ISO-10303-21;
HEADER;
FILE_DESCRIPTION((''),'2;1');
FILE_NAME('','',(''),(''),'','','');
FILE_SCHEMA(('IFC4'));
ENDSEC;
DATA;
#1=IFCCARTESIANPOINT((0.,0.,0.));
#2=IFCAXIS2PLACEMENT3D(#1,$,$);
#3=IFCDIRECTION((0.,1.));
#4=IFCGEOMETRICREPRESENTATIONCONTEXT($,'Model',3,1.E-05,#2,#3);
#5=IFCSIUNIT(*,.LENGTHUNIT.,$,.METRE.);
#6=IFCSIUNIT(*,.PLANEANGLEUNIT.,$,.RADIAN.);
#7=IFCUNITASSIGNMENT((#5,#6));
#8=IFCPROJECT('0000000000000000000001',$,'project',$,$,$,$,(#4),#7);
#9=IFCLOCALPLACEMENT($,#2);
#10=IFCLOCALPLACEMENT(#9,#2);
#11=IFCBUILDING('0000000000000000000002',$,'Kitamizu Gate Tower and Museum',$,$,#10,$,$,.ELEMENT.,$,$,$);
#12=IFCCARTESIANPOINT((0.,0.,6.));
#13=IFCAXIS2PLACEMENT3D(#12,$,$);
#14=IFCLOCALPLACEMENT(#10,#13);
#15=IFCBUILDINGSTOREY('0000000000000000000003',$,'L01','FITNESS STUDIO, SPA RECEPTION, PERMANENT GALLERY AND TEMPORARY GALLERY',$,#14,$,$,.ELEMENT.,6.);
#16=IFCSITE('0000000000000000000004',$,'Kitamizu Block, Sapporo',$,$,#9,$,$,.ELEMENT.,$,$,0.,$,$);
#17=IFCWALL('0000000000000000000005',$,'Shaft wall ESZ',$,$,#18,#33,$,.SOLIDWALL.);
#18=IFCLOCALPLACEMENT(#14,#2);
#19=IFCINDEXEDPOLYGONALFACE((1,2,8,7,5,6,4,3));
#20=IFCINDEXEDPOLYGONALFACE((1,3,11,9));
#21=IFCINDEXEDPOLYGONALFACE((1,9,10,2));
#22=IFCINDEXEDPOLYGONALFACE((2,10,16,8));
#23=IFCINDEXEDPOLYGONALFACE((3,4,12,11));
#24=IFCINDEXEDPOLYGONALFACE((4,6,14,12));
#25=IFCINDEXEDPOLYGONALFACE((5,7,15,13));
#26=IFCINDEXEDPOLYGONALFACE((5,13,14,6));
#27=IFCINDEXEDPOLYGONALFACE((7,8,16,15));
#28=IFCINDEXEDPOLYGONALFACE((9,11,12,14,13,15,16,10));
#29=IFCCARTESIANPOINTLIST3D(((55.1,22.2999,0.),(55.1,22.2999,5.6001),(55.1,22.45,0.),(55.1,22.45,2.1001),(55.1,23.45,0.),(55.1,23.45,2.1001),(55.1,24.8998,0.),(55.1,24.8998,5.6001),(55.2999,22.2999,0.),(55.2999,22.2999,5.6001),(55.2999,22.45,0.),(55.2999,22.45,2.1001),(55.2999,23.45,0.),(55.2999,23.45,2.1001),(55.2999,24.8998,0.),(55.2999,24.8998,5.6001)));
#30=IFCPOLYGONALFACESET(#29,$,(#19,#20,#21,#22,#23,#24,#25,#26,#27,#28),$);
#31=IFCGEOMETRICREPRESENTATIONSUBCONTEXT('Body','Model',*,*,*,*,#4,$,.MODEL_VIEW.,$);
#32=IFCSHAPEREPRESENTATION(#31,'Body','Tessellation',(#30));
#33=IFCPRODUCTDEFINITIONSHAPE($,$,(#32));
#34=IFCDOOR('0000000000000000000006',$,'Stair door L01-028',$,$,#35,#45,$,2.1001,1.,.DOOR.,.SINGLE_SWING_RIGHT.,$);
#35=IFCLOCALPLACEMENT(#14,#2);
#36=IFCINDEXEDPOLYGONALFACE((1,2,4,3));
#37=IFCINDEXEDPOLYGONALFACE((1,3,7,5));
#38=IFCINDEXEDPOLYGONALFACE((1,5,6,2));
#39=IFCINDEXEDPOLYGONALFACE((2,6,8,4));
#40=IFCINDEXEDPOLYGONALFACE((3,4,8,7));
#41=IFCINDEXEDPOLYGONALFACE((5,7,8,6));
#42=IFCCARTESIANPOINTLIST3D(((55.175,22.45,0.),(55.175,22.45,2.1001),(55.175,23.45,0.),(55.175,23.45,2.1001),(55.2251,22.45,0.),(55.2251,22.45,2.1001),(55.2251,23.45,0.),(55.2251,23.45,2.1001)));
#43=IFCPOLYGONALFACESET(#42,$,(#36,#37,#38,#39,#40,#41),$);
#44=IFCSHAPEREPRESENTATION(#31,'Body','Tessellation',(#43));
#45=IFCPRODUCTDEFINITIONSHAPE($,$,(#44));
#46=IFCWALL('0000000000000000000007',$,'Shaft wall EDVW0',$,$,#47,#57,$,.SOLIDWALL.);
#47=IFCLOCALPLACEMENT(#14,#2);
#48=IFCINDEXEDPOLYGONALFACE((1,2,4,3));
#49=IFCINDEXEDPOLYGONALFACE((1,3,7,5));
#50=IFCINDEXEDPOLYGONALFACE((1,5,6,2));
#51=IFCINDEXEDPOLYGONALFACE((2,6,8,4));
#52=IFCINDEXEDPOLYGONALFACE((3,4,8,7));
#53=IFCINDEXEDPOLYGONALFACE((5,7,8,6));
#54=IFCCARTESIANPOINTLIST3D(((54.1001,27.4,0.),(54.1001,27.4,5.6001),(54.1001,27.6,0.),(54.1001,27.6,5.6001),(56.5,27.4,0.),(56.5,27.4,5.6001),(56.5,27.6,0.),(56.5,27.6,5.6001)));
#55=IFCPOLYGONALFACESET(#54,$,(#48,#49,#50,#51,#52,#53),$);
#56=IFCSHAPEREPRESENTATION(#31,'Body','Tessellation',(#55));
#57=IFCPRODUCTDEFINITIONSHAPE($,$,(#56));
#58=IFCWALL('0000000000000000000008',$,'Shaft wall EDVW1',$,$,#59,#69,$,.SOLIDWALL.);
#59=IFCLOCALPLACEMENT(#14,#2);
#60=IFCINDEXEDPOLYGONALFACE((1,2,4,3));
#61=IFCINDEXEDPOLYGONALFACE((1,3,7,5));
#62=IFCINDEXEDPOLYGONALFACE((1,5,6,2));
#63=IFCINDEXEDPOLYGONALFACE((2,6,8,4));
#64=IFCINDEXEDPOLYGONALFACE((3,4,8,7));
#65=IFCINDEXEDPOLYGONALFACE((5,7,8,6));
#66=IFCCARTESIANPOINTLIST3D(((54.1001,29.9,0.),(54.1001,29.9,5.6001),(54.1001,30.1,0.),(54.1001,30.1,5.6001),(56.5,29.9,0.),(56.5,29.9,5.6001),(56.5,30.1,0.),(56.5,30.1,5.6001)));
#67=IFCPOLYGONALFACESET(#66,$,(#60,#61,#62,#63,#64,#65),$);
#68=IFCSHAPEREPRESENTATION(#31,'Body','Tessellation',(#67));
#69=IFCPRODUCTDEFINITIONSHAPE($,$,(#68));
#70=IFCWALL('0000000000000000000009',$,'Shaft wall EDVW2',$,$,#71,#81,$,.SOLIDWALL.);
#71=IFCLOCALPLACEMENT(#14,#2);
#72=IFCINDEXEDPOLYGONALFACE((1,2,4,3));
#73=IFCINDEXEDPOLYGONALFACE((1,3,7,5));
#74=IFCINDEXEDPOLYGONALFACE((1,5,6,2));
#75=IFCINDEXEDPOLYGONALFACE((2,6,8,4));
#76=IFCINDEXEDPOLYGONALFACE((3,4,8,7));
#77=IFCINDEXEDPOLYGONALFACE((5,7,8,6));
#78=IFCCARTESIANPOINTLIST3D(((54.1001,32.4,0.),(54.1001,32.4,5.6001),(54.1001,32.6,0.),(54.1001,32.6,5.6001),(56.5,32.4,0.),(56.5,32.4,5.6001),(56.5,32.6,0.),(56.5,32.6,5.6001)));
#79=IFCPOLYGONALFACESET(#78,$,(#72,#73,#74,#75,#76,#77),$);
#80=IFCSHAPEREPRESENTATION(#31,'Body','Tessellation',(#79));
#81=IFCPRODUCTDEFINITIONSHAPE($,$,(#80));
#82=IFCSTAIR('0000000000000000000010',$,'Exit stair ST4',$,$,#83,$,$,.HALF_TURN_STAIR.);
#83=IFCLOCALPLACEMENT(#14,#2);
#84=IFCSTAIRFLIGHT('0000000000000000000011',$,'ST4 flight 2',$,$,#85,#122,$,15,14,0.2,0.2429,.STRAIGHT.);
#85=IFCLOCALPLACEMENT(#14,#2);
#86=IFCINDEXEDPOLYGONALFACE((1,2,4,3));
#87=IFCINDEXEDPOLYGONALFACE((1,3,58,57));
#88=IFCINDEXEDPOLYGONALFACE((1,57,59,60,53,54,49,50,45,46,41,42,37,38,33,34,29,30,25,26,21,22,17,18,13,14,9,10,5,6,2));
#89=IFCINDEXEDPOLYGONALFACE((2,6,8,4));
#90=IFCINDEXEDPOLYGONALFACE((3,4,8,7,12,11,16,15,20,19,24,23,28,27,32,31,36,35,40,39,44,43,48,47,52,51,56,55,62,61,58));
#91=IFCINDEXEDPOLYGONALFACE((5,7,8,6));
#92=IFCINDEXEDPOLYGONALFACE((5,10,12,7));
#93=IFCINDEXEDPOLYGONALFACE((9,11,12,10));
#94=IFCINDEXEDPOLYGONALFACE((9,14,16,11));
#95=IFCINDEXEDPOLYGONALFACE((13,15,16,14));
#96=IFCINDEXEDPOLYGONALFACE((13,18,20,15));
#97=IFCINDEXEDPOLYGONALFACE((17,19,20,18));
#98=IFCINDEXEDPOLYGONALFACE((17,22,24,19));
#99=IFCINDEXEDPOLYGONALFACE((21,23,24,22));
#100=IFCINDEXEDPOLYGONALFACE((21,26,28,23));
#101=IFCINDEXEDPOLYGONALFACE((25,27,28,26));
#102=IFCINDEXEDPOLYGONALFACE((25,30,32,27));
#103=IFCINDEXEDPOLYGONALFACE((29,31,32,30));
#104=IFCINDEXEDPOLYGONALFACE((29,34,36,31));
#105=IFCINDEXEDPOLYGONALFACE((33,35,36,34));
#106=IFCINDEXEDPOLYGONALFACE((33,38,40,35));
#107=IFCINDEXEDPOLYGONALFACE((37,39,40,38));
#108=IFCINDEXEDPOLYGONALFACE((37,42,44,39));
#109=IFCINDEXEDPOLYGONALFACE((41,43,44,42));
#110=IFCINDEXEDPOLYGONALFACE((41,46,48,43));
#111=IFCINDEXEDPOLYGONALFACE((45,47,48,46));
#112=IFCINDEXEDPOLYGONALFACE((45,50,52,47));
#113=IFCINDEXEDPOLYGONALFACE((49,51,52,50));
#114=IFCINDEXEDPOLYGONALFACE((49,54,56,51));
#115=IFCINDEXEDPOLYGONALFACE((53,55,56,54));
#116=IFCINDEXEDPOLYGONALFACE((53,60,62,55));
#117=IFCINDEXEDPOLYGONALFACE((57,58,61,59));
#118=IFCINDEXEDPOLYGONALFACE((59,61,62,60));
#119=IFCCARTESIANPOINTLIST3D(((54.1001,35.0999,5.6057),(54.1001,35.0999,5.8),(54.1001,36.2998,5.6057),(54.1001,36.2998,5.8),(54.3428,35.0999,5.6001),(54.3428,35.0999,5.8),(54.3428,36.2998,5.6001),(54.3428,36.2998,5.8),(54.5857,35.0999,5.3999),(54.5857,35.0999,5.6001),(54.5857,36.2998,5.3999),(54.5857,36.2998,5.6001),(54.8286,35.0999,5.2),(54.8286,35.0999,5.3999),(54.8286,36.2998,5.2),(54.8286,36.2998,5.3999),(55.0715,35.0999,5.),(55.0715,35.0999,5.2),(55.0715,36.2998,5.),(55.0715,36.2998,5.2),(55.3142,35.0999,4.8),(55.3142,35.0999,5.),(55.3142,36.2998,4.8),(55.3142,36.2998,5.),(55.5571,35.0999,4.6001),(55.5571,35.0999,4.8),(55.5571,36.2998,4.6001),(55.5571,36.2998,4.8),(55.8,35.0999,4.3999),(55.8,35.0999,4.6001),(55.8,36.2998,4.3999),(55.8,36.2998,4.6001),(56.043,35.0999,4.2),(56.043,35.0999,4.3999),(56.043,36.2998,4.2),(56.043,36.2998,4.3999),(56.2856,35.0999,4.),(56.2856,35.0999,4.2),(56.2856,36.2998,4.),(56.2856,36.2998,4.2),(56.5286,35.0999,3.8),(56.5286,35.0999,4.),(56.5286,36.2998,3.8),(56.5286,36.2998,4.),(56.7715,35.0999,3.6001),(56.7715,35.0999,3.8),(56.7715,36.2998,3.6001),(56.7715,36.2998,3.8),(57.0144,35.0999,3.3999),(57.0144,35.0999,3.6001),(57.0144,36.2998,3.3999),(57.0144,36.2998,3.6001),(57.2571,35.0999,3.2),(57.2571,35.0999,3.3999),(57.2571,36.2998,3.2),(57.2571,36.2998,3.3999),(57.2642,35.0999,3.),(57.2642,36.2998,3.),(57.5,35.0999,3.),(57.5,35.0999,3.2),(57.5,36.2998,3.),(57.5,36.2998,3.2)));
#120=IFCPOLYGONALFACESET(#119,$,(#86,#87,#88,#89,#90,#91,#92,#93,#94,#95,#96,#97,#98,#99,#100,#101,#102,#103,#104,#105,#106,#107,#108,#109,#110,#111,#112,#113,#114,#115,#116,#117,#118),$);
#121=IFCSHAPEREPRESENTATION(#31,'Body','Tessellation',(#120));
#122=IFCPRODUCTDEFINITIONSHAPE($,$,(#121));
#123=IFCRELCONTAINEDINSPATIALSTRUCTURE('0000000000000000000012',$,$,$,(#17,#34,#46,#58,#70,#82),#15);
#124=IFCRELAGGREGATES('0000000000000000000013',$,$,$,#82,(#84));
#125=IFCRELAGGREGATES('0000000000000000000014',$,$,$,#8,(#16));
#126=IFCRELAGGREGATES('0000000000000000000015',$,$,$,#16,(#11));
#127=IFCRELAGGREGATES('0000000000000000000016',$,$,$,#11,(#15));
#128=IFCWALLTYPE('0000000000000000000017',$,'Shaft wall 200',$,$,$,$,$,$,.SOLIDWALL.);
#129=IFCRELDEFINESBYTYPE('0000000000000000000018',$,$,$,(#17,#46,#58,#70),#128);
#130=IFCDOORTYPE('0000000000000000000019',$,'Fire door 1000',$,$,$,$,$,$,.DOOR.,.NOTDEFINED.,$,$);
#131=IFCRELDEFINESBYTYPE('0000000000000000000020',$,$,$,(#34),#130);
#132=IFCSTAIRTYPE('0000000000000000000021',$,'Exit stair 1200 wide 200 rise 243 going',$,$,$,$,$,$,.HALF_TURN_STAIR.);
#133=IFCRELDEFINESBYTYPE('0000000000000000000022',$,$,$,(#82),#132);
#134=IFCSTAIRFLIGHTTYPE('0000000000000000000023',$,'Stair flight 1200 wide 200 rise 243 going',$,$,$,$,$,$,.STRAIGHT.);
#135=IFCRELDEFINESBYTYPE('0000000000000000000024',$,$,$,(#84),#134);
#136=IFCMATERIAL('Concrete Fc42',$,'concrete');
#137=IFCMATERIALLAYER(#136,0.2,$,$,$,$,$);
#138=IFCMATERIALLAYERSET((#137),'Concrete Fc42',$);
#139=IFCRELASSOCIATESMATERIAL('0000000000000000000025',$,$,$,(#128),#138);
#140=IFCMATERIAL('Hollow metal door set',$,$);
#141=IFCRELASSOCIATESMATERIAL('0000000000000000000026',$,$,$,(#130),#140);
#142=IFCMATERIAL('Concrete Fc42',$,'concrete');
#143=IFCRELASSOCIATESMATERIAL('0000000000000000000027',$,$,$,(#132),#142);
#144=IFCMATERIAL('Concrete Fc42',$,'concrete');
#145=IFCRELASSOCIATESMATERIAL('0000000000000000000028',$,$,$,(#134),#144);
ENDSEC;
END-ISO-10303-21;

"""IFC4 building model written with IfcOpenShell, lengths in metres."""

from ifc_helpers import new_model, si_unit, direction, frame, frame_2d, origin, place, context, subcontext, project, spatial, polyline, rectangle, outline, extrude, material, layer, layer_set, type_object, element, fill, aggregate, save


model = new_model("IFC4")

# Units and contexts
model_context = context("Model", 3, precision=1e-05, world=origin(), true_north=direction((0.0, 1.0)))
body_context = subcontext(model_context, "Body", "Model", "MODEL_VIEW")
ifc_project = project(units=[si_unit("LENGTHUNIT", "METRE"), si_unit("PLANEANGLEUNIT", "RADIAN")], contexts=[model_context])

# Site, building, storey
site_placement = place(None, origin())
site = spatial("IfcSite", under=ifc_project, at=site_placement, Name="Kitamizu Block, Sapporo", CompositionType="ELEMENT", RefElevation=0.0)
building_placement = place(site_placement, origin())
building = spatial("IfcBuilding", under=site, at=building_placement, Name="Kitamizu Gate Tower and Museum", CompositionType="ELEMENT")
storey_placement = place(building_placement, frame((0.0, 0.0, 6.0)))
storey = spatial("IfcBuildingStorey", under=building, at=storey_placement, Name="L01", Description="FITNESS STUDIO, SPA RECEPTION, PERMANENT GALLERY AND TEMPORARY GALLERY", CompositionType="ELEMENT", Elevation=6.0)

# Shared definitions
ifc_material_1 = material(Name="Concrete Fc42", Category="concrete")
ifc_layer = layer(ifc_material_1, 0.2)
ifc_layer_set = layer_set([ifc_layer], Name="Concrete Fc42")
wall_type = type_object("IfcWallType", Name="Shaft wall 200", PredefinedType="SOLIDWALL", material=ifc_layer_set)
ifc_material_2 = material(Name="Hollow metal door set")
door_type_1 = type_object("IfcDoorType", Name="Fire door 1000", OperationType="NOTDEFINED", PredefinedType="DOOR", material=ifc_material_2)

# Wall, opening, door
wall_1_placement = place(storey_placement, frame((55.2, 22.3, 0.0), z_axis=(0.0, 0.0, 1.0), x_axis=(0.0, 1.0, 0.0)))
wall_1 = element("IfcWall", 1, at=wall_1_placement, inside=storey, type_object=wall_type, Name="Shaft wall ESZ", PredefinedType="SOLIDWALL", context=body_context, shape_type="SweptSolid", body=[
    extrude(rectangle(XDim=2.5999, YDim=0.2, at=frame_2d((1.2998, 0.0))), origin(), (0.0, 0.0, 1.0), 5.6001),
])
opening_1_placement = place(wall_1_placement, frame((0.1499, 0.0, 0.0)))
opening_1 = element("IfcOpeningElement", 2, at=opening_1_placement, cuts=wall_1, PredefinedType="OPENING", context=body_context, shape_type="SweptSolid", body=[
    extrude(rectangle(XDim=1.0, YDim=2.1001, at=frame_2d((0.5, 1.05))), frame((0.0, 0.1099, 0.0), z_axis=(0.0, -1.0, 0.0), x_axis=(1.0, 0.0, 0.0)), (0.0, 0.0, 1.0), 0.22),
])
door_1_placement = place(opening_1_placement, origin())
door_1 = element("IfcDoor", 3, at=door_1_placement, inside=storey, type_object=door_type_1, Name="Stair door L01-028", OperationType="SINGLE_SWING_RIGHT", OverallHeight=2.1001, OverallWidth=1.0, PredefinedType="DOOR", context=body_context, shape_type="SweptSolid", body=[
    extrude(rectangle(XDim=1.0, YDim=2.1001, at=frame_2d((0.5, 1.05))), frame((0.0, 0.0249, 0.0), z_axis=(0.0, -1.0, 0.0), x_axis=(1.0, 0.0, 0.0)), (0.0, 0.0, 1.0), 0.05),
])
fill(opening_1, door_1)

# Walls
for number, where, z_axis, x_axis, name in (
    (4, (56.5, 27.5, 0.0), (0.0, 0.0, 1.0), (-1.0, 0.0, 0.0), "Shaft wall EDVW0"),
    (5, (56.5, 30.0, 0.0), (0.0, 0.0, 1.0), (-1.0, 0.0, 0.0), "Shaft wall EDVW1"),
    (6, (56.5, 32.5, 0.0), (0.0, 0.0, 1.0), (-1.0, 0.0, 0.0), "Shaft wall EDVW2"),
):
    element("IfcWall", number, at=place(storey_placement, frame(where, z_axis=z_axis, x_axis=x_axis)), inside=storey, type_object=wall_type, Name=name, PredefinedType="SOLIDWALL", context=body_context, shape_type="SweptSolid", body=[
        extrude(rectangle(XDim=2.3999, YDim=0.2, at=frame_2d((1.2, 0.0))), origin(), (0.0, 0.0, 1.0), 5.6001),
    ])

# Stair, stair flight
ifc_material_3 = material(Name="Concrete Fc42", Category="concrete")
stair_type = type_object("IfcStairType", Name="Exit stair 1200 wide 200 rise 243 going", PredefinedType="HALF_TURN_STAIR", material=ifc_material_3)
stair_placement = place(storey_placement, origin())
stair = element("IfcStair", 7, at=stair_placement, inside=storey, type_object=stair_type, Name="Exit stair ST4", PredefinedType="HALF_TURN_STAIR")
ifc_material_4 = material(Name="Concrete Fc42", Category="concrete")
stair_flight_type = type_object("IfcStairFlightType", Name="Stair flight 1200 wide 200 rise 243 going", PredefinedType="STRAIGHT", material=ifc_material_4)
stair_flight_placement = place(storey_placement, frame((57.5, 35.7, 3.0), z_axis=(0.0, 0.0, 1.0), x_axis=(-1.0, 0.0, 0.0)))
stair_flight = element("IfcStairFlight", 8, at=stair_flight_placement, type_object=stair_flight_type, Name="ST4 flight 2", NumberOfRisers=15, NumberOfTreads=14, PredefinedType="STRAIGHT", RiserHeight=0.2, TreadLength=0.2429, context=body_context, shape_type="SweptSolid", body=[
    extrude(outline(polyline([(0.0, 0.0), (0.0, 0.2), (0.2429, 0.2), (0.2429, 0.3999), (0.4856, 0.3999), (0.4856, 0.6001), (0.7285, 0.6001), (0.7285, 0.8), (0.9714, 0.8), (0.9714, 1.0), (1.2144, 1.0), (1.2144, 1.2), (1.457, 1.2), (1.457, 1.3999), (1.7, 1.3999), (1.7, 1.6001), (1.9429, 1.6001), (1.9429, 1.8), (2.1858, 1.8), (2.1858, 2.0), (2.4285, 2.0), (2.4285, 2.2), (2.6714, 2.2), (2.6714, 2.3999), (2.9143, 2.3999), (2.9143, 2.6001), (3.1572, 2.6001), (3.1572, 2.8), (3.3999, 2.8), (3.3999, 3.0), (3.3999, 2.6057), (0.2358, 0.0), (0.0, 0.0)])), frame((0.0, 0.6001, 0.0), z_axis=(0.0, -1.0, 0.0), x_axis=(1.0, 0.0, 0.0)), (0.0, 0.0, 1.0), 1.2),
])
aggregate(stair, [stair_flight])

save(model, "model.ifc")
